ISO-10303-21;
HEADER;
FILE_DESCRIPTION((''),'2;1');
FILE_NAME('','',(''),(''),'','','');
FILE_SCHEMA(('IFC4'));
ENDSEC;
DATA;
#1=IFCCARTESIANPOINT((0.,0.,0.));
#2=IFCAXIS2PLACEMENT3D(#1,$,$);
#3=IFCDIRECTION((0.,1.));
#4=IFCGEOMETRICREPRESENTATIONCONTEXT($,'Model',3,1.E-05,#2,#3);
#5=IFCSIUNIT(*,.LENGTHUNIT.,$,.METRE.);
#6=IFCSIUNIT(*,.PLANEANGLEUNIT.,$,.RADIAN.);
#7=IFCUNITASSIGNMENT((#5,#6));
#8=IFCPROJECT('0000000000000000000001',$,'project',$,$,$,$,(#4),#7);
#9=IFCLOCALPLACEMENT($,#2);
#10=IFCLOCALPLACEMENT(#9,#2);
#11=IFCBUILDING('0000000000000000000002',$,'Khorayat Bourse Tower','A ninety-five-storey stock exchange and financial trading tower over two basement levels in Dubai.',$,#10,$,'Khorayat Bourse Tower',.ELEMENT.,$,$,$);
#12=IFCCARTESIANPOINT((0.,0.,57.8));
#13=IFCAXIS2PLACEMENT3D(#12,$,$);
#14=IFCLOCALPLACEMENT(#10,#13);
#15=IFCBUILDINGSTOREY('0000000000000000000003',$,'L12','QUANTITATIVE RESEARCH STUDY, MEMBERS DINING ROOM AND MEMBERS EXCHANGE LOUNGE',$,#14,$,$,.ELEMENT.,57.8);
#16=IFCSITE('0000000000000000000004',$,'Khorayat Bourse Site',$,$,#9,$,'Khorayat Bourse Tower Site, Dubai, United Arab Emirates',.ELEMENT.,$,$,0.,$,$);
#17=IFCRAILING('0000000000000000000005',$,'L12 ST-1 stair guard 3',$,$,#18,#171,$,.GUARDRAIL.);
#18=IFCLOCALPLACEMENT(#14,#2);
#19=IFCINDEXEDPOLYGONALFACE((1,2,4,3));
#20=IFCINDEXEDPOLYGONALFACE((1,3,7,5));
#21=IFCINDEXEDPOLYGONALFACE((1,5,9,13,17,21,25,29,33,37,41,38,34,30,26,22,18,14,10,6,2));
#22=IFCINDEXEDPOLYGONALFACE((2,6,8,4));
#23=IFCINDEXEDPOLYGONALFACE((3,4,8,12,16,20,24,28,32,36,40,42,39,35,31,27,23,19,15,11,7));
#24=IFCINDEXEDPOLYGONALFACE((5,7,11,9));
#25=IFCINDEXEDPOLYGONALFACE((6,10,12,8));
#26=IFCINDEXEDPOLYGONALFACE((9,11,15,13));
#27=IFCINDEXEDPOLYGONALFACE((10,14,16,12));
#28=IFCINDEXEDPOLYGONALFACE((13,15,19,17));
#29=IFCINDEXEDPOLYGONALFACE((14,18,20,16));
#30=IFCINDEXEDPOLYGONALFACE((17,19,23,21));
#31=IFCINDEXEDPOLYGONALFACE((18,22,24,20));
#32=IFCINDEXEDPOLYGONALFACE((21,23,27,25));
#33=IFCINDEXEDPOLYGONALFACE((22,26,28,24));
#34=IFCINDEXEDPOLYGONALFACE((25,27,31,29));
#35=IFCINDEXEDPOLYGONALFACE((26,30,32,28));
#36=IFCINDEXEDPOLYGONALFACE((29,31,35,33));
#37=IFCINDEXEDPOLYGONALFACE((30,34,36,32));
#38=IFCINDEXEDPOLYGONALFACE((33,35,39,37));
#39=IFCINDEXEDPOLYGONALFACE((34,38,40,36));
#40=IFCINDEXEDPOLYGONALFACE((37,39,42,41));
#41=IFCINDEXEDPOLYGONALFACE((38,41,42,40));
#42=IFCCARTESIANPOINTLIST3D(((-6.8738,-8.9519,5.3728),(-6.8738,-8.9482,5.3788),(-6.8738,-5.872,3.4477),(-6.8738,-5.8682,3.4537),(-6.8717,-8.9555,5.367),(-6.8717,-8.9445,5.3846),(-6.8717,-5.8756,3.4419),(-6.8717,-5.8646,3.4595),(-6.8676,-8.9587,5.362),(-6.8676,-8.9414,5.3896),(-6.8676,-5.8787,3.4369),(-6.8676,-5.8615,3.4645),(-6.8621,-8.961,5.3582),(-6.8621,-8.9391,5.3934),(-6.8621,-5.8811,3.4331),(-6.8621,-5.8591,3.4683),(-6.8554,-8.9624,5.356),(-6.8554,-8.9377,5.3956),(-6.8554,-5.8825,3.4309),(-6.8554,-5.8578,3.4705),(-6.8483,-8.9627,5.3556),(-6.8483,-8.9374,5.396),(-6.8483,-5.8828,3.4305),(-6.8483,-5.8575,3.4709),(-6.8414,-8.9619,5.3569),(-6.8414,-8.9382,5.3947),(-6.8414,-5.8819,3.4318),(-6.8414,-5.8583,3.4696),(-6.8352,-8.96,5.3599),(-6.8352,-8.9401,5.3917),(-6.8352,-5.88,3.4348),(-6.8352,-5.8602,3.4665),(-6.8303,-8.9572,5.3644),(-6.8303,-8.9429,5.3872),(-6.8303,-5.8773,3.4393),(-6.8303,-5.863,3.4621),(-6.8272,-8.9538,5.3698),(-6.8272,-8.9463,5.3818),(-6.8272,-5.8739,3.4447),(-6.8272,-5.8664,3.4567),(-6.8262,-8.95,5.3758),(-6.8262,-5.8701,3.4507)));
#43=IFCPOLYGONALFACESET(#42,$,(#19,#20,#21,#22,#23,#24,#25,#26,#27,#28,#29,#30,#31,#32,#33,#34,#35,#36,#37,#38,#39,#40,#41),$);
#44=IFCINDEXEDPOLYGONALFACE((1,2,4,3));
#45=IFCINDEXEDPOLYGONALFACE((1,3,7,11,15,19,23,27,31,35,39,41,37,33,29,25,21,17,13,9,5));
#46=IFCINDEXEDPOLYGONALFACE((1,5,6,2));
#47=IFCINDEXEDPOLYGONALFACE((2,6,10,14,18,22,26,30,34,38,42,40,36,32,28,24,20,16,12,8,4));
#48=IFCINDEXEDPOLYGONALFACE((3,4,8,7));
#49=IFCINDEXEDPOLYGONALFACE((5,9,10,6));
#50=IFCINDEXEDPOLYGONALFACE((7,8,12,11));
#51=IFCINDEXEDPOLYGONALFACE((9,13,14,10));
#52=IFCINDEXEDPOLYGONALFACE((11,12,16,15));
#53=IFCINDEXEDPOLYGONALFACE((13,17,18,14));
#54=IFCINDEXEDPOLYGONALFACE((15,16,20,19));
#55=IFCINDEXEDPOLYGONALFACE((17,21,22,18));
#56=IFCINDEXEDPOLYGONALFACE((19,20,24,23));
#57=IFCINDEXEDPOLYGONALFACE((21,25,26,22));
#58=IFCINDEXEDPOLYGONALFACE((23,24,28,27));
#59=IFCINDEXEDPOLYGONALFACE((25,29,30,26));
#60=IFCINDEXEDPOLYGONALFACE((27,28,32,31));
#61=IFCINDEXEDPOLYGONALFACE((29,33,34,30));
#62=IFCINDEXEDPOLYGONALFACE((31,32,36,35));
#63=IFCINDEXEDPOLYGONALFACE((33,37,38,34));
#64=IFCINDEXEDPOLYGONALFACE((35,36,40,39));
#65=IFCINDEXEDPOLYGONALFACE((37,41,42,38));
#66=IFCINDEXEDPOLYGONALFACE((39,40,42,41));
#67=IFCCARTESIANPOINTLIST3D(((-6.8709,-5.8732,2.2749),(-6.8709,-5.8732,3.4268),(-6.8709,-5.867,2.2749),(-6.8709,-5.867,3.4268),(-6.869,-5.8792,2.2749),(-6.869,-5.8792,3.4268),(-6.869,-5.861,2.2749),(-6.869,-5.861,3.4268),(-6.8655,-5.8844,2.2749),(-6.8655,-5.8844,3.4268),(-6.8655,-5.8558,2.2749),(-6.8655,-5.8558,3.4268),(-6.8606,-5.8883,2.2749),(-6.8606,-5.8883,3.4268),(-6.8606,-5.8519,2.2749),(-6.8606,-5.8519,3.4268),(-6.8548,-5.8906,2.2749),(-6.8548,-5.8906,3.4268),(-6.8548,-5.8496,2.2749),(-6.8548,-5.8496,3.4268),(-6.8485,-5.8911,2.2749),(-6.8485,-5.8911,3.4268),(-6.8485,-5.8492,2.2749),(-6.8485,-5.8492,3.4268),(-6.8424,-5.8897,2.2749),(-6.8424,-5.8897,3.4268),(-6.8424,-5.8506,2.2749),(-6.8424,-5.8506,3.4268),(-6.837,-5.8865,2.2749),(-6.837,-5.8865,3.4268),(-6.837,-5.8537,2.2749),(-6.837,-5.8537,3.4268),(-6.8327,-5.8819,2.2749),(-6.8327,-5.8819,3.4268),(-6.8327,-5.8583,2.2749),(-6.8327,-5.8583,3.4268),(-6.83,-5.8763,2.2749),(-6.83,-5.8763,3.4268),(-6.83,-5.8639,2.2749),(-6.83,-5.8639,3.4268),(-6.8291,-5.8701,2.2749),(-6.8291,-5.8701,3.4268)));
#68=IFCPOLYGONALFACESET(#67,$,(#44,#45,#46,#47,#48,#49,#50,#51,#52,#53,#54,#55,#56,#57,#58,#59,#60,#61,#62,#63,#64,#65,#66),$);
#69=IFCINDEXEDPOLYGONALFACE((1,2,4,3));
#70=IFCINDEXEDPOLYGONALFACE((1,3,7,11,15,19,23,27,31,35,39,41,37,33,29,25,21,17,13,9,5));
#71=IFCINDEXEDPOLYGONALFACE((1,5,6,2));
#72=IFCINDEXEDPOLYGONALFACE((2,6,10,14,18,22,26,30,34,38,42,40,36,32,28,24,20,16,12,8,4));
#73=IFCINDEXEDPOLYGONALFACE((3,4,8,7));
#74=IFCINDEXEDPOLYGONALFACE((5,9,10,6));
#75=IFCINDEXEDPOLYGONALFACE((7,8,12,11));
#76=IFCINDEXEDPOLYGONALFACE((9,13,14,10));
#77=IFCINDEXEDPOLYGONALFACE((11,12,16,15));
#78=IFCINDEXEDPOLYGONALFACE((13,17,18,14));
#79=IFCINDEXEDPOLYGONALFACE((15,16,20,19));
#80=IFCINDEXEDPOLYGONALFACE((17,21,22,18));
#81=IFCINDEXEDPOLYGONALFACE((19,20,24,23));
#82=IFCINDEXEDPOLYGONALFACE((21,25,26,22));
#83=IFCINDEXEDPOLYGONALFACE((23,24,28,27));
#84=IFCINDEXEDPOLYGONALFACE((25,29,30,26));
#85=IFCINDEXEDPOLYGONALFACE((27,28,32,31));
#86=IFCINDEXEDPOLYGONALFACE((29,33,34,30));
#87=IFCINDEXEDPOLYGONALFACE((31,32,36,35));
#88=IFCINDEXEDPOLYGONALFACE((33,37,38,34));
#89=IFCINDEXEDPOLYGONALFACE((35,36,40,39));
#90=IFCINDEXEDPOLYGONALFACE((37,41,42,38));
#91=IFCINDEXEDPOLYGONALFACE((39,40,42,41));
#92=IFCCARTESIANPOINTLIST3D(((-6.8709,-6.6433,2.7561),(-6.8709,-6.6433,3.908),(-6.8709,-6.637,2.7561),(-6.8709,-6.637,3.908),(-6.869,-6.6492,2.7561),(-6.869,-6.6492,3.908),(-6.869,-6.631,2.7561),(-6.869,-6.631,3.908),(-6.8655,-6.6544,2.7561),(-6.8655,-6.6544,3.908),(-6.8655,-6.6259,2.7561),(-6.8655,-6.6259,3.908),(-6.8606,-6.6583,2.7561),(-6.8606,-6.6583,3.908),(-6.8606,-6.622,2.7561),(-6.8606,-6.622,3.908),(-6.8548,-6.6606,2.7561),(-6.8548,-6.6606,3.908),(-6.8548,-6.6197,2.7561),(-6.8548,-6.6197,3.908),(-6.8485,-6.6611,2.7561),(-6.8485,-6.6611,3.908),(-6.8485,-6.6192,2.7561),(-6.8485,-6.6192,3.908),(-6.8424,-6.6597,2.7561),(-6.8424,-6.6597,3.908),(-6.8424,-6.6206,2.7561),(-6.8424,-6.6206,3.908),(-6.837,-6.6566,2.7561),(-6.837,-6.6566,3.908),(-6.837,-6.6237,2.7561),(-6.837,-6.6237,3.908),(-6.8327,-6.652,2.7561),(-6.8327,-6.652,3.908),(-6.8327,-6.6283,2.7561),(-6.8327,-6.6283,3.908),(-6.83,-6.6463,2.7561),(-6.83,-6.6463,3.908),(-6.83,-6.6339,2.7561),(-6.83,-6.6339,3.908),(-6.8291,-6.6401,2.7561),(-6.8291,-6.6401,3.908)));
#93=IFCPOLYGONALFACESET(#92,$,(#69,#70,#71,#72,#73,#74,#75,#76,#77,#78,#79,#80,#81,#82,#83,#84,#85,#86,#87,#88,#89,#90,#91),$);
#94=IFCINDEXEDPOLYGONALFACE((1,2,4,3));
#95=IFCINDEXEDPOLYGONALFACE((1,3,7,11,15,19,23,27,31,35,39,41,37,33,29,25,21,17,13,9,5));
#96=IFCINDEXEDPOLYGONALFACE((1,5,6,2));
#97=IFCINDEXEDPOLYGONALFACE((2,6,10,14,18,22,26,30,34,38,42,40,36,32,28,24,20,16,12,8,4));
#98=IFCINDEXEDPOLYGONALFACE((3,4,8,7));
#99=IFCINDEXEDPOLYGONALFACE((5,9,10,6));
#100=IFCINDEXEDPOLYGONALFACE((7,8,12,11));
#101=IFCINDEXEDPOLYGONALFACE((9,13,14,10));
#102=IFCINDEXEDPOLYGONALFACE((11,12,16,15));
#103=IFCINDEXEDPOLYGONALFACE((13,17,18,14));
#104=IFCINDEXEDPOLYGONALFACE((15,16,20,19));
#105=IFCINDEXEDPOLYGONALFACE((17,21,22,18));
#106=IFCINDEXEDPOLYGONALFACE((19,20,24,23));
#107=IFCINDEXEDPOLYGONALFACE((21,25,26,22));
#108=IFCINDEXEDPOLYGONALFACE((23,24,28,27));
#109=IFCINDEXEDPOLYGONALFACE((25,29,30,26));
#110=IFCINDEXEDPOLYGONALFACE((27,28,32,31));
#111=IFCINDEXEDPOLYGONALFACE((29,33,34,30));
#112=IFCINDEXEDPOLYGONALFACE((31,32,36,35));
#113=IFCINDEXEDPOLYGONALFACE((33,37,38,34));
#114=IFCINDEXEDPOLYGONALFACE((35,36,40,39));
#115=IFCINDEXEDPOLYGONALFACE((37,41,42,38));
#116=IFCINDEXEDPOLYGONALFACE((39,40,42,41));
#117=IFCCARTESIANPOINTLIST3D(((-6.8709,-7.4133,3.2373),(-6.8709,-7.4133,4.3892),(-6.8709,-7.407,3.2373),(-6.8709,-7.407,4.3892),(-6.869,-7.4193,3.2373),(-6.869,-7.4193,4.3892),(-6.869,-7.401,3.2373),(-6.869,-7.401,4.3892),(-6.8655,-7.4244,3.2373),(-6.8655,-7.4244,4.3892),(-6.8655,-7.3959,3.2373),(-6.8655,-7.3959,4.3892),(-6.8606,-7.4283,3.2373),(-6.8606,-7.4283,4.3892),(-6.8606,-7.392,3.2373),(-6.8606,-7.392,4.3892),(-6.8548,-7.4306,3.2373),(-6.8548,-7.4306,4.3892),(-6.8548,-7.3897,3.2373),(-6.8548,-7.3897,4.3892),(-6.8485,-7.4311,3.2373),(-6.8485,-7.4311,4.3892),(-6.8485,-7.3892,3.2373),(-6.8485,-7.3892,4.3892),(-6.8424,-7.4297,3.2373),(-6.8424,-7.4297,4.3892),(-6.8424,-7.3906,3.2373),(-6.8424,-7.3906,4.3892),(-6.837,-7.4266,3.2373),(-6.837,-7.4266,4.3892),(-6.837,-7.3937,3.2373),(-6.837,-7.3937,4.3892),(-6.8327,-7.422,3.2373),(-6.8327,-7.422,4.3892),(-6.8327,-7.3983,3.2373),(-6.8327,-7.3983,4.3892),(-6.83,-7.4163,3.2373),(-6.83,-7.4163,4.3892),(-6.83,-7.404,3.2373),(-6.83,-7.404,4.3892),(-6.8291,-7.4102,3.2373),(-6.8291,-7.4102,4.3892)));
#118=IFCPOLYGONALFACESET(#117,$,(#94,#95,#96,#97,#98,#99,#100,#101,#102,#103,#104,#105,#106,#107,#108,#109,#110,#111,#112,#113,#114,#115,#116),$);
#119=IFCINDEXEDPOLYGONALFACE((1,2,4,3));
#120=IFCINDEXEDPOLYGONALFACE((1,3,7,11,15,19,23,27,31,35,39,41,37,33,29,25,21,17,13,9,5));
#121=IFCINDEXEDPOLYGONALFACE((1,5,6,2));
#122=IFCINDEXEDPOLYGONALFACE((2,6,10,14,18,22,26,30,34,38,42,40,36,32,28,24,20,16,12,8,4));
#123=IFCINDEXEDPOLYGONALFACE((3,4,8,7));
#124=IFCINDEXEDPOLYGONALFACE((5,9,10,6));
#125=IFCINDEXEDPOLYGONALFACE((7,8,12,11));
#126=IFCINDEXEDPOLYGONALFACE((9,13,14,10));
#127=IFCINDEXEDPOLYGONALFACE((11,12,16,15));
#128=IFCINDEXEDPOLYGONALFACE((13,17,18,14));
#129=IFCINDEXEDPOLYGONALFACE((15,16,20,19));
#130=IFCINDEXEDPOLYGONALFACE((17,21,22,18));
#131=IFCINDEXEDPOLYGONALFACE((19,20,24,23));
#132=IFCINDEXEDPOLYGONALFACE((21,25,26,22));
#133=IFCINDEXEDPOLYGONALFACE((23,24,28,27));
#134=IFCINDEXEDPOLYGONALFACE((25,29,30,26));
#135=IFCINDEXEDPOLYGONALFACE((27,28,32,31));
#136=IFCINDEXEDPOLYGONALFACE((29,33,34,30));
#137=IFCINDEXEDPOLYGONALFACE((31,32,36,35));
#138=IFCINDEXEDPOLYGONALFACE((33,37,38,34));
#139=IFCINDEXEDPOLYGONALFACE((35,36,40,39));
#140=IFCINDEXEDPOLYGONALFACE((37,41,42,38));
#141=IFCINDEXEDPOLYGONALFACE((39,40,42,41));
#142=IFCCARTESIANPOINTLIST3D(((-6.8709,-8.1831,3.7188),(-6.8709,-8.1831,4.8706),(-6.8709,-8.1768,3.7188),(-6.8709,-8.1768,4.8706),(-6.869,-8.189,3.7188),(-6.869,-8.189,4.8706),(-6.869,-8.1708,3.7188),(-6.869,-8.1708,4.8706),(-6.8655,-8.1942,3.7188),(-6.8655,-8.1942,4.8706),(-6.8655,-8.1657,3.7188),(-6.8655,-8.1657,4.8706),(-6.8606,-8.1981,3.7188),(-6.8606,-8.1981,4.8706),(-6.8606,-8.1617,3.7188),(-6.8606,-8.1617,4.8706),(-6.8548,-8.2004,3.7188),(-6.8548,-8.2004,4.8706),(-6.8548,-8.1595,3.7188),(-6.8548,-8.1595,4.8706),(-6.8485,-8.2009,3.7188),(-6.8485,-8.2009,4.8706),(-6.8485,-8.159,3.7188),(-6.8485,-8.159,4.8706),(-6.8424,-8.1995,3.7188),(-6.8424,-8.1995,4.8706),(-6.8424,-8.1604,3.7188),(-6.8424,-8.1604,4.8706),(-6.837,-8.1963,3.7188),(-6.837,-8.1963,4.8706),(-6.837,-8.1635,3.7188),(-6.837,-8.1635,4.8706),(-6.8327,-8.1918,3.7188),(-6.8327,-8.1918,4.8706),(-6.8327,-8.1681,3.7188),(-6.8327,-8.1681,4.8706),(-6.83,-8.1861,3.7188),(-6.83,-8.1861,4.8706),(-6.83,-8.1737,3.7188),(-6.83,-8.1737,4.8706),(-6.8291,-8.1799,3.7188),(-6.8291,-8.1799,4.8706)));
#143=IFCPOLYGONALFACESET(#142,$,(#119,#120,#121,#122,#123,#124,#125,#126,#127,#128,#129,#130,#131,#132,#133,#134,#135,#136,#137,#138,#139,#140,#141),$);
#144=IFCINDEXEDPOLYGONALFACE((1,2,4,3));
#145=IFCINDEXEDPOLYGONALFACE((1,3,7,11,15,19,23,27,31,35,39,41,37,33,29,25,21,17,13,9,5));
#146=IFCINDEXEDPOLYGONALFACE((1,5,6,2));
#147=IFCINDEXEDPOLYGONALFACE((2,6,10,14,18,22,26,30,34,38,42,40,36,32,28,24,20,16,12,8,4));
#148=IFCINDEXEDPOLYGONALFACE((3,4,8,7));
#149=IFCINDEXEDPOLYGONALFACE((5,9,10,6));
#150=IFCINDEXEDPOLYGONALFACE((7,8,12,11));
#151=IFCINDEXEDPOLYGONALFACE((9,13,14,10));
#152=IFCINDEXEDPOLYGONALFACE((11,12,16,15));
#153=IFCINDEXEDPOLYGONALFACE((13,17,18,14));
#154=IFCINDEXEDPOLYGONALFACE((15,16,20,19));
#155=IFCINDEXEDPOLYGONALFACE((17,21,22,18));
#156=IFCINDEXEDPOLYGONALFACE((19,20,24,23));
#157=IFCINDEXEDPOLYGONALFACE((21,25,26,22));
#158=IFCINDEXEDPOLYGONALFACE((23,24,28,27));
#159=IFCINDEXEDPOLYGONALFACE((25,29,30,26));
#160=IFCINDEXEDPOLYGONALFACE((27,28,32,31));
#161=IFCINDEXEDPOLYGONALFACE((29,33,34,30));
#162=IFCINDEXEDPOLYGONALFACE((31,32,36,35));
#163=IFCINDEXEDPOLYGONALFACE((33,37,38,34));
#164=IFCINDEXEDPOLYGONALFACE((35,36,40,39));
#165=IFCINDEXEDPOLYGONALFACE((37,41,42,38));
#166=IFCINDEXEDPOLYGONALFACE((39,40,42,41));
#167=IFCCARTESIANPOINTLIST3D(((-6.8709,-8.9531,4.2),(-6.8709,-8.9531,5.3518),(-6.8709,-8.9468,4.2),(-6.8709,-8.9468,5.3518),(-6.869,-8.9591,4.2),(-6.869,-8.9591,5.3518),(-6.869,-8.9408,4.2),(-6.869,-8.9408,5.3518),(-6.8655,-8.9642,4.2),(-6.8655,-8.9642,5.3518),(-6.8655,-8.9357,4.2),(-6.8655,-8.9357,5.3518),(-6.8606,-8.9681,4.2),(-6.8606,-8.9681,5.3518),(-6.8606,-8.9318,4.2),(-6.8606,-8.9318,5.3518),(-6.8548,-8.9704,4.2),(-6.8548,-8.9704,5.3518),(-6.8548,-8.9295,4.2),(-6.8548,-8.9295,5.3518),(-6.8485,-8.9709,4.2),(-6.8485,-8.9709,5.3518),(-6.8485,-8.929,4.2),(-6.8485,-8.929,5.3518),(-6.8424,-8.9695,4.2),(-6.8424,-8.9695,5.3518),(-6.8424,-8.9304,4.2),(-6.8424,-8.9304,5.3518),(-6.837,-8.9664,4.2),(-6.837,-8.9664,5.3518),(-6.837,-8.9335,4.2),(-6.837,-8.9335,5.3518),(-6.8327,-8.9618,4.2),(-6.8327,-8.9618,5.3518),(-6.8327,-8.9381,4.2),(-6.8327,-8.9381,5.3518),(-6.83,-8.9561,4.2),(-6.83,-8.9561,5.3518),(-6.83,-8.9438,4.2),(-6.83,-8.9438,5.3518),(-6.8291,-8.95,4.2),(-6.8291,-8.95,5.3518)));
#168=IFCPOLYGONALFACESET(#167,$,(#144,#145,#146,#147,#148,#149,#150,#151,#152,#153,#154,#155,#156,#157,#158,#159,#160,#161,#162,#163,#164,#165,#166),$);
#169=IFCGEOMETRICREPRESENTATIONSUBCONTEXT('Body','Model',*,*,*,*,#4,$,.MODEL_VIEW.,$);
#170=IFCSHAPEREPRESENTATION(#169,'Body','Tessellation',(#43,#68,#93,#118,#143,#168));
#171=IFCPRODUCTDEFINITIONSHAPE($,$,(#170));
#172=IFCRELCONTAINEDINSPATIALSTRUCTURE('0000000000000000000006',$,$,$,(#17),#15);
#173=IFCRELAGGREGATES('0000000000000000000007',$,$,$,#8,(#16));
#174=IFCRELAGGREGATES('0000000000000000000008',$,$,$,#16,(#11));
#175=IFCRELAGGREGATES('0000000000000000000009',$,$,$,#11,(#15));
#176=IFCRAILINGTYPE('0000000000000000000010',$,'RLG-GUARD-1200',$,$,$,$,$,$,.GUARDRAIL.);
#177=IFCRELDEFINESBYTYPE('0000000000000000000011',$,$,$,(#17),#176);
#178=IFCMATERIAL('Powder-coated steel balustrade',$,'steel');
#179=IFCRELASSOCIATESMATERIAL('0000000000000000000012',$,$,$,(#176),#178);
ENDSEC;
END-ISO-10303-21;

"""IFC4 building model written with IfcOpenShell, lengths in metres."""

from ifc_helpers import new_model, si_unit, direction, frame, origin, origin_2d, place, context, subcontext, project, spatial, circle, extrude, source, transform, mapped, material, type_object, element, save


model = new_model("IFC4")

# Units and contexts
model_context = context("Model", 3, precision=1e-05, world=origin(), true_north=direction((0.0, 1.0)))
body_context = subcontext(model_context, "Body", "Model", "MODEL_VIEW")
ifc_project = project(units=[si_unit("LENGTHUNIT", "METRE"), si_unit("PLANEANGLEUNIT", "RADIAN")], contexts=[model_context])

# Site, building, storey
site_placement = place(None, origin())
site = spatial("IfcSite", under=ifc_project, at=site_placement, Name="Khorayat Bourse Site", LongName="Khorayat Bourse Tower Site, Dubai, United Arab Emirates", CompositionType="ELEMENT", RefElevation=0.0)
building_placement = place(site_placement, origin())
building = spatial("IfcBuilding", under=site, at=building_placement, Name="Khorayat Bourse Tower", Description="A ninety-five-storey stock exchange and financial trading tower over two basement levels in Dubai.", LongName="Khorayat Bourse Tower", CompositionType="ELEMENT")
storey_placement = place(building_placement, frame((0.0, 0.0, 57.8)))
storey = spatial("IfcBuildingStorey", under=building, at=storey_placement, Name="L12", Description="QUANTITATIVE RESEARCH STUDY, MEMBERS DINING ROOM AND MEMBERS EXCHANGE LOUNGE", CompositionType="ELEMENT", Elevation=57.8)

# Railing
ifc_material_1 = material(Name="Powder-coated steel balustrade", Category="steel")
railing_type_1 = type_object("IfcRailingType", Name="RLG-GUARD-1200", PredefinedType="GUARDRAIL", material=ifc_material_1)
shared_shape_1 = source(origin(), body_context, "Body", "SweptSolid", [
    extrude(circle(Radius=0.0239, at=origin_2d()), frame((0.0, 0.0, 1.1758), z_axis=(0.0, -0.847979, 0.530029), x_axis=(1.0, 0.0, 0.0)), (0.0, 0.0, 1.0), 3.6321),
    extrude(circle(Radius=0.021, at=origin_2d()), origin(), (0.0, 0.0, 1.0), 1.1519),
    extrude(circle(Radius=0.021, at=origin_2d()), frame((0.0, -0.77, 0.4812)), (0.0, 0.0, 1.0), 1.1519),
    extrude(circle(Radius=0.021, at=origin_2d()), frame((0.0, -1.54, 0.9624)), (0.0, 0.0, 1.0), 1.1519),
    extrude(circle(Radius=0.021, at=origin_2d()), frame((0.0, -2.3098, 1.4438)), (0.0, 0.0, 1.0), 1.1519),
    extrude(circle(Radius=0.021, at=origin_2d()), frame((0.0, -3.0798, 1.925)), (0.0, 0.0, 1.0), 1.1519),
])
railing_1_placement = place(storey_placement, frame((-6.8501, -5.8701, 2.2749)))
element("IfcRailing", 1, at=railing_1_placement, inside=storey, type_object=railing_type_1, Name="L12 ST-1 stair guard 3", PredefinedType="GUARDRAIL", context=body_context, shape_type="MappedRepresentation", body=[
    mapped(shared_shape_1, transform((0.0, 0.0, 0.0), scale=1.0)),
])

save(model, "model.ifc")
